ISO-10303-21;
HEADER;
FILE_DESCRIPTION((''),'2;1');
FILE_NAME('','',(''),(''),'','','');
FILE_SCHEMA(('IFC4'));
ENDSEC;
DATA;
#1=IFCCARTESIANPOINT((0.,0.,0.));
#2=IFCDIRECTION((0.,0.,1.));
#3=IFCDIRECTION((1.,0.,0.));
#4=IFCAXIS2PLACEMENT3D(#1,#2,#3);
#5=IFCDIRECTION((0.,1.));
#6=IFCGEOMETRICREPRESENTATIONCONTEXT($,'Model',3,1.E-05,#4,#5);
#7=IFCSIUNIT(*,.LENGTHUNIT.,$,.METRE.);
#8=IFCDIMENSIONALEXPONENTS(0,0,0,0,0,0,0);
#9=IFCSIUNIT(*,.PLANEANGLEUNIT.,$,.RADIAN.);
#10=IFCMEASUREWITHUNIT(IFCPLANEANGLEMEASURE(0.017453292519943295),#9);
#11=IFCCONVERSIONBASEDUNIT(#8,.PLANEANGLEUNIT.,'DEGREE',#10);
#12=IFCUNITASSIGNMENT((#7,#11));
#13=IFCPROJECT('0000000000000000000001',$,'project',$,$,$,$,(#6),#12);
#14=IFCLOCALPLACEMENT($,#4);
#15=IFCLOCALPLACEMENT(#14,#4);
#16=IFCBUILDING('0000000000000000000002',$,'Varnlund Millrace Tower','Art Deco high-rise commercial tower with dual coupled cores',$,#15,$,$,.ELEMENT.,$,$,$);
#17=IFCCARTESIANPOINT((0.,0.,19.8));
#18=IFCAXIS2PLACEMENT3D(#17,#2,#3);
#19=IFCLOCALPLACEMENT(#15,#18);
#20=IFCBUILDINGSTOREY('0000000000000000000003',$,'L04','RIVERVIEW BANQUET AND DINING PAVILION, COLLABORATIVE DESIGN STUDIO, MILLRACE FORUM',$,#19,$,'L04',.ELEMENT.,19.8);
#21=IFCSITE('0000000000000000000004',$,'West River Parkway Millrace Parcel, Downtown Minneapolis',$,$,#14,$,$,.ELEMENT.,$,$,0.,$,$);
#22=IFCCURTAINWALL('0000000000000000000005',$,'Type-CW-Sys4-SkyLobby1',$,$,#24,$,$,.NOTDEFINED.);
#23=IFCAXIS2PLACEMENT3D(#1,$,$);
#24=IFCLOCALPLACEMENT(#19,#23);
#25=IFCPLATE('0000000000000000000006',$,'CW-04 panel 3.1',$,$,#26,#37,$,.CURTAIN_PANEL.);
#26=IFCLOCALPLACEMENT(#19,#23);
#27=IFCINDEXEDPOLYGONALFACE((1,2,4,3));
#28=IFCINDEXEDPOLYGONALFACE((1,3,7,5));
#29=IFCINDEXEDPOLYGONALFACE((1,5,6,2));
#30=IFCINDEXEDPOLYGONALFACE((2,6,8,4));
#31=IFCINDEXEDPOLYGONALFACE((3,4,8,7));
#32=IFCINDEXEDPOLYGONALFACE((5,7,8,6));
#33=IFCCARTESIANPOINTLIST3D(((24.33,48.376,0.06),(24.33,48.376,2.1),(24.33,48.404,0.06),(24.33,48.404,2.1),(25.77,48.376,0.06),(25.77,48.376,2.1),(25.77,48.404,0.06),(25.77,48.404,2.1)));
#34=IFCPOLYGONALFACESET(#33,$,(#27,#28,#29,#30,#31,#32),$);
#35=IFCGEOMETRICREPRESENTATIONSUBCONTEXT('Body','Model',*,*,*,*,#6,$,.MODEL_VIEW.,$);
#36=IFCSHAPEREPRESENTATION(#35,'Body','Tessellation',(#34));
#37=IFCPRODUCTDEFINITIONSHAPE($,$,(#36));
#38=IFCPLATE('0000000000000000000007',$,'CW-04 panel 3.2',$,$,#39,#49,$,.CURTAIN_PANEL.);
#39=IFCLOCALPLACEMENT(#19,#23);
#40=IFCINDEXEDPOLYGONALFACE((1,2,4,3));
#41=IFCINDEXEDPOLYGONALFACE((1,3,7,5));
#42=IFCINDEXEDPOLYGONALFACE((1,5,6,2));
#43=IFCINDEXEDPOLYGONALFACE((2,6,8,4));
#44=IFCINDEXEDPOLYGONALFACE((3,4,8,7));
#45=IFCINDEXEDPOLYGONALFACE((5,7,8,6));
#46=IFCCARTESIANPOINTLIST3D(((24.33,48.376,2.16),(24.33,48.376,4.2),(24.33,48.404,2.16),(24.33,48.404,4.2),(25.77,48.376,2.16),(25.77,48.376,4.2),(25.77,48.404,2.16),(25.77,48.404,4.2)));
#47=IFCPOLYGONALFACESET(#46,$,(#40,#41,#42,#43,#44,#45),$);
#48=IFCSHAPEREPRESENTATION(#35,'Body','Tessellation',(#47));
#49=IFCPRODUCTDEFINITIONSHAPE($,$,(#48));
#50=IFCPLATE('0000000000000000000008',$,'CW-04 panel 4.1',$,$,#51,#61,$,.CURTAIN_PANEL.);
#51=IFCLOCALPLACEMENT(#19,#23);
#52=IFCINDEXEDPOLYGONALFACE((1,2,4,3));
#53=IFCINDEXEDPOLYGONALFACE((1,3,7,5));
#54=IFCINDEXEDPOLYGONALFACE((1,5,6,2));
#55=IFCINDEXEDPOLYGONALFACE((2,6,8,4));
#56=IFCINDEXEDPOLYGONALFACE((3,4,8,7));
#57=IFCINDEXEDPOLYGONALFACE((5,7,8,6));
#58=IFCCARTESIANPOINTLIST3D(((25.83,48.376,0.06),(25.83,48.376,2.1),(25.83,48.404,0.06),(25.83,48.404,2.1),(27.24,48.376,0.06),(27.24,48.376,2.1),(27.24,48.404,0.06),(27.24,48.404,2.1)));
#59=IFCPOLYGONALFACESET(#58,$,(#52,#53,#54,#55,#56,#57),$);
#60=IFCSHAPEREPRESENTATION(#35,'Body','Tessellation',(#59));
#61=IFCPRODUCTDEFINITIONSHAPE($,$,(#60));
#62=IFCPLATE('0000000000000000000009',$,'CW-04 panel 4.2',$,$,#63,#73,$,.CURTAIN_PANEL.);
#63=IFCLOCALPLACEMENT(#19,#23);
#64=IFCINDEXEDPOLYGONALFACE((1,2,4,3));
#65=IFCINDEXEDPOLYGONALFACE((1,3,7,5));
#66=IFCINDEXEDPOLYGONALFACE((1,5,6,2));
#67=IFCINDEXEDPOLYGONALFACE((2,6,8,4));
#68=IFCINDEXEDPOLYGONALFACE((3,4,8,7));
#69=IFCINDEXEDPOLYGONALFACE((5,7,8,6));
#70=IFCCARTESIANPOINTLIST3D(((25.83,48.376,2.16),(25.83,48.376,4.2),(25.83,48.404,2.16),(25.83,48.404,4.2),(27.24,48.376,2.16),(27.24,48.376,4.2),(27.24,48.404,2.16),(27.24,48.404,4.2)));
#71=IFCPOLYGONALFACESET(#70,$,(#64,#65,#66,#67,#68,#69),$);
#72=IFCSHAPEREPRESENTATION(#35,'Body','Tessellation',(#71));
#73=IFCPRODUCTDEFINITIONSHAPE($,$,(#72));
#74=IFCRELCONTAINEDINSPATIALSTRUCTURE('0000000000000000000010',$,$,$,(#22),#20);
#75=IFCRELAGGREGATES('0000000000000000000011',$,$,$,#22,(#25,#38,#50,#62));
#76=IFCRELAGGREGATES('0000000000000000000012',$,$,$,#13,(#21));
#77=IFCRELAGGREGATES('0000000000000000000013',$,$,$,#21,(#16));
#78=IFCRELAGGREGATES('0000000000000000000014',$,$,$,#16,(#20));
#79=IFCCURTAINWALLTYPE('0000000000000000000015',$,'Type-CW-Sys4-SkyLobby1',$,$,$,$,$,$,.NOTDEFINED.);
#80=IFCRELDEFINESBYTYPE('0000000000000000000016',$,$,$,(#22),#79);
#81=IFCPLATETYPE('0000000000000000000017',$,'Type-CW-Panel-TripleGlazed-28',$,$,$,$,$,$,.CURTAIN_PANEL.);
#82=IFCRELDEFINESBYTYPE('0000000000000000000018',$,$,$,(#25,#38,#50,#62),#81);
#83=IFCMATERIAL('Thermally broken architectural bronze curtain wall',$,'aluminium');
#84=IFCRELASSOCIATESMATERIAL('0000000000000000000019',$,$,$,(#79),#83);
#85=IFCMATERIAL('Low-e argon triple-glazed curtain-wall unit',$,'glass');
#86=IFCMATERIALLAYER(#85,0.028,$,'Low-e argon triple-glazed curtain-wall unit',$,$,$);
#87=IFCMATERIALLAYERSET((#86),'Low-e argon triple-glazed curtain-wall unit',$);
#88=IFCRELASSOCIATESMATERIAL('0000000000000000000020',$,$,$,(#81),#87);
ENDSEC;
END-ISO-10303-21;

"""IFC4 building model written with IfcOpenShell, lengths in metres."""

from ifc_helpers import new_model, entity, si_unit, converted_unit, direction, frame, origin_with_axes, origin_2d_with_axis, place, context, subcontext, project, spatial, rectangle, extrude, material, layer, layer_set, type_object, element, aggregate, save


model = new_model("IFC4")

# Units and contexts
model_context = context("Model", 3, precision=1e-05, world=origin_with_axes(), true_north=direction((0.0, 1.0)))
body_context = subcontext(model_context, "Body", "Model", "MODEL_VIEW")
ifc_project = project(units=[si_unit("LENGTHUNIT", "METRE"), converted_unit("PLANEANGLEUNIT", "DEGREE", entity("IfcPlaneAngleMeasure", 0.017453292519943295), si_unit("PLANEANGLEUNIT", "RADIAN"), dimensions=[0, 0, 0, 0, 0, 0, 0])], contexts=[model_context])

# Site, building, storey
site_placement = place(None, origin_with_axes())
site = spatial("IfcSite", under=ifc_project, at=site_placement, Name="West River Parkway Millrace Parcel, Downtown Minneapolis", CompositionType="ELEMENT", RefElevation=0.0)
building_placement = place(site_placement, origin_with_axes())
building = spatial("IfcBuilding", under=site, at=building_placement, Name="Varnlund Millrace Tower", Description="Art Deco high-rise commercial tower with dual coupled cores", CompositionType="ELEMENT")
storey_placement = place(building_placement, frame((0.0, 0.0, 19.8), z_axis=(0.0, 0.0, 1.0), x_axis=(1.0, 0.0, 0.0)))
storey = spatial("IfcBuildingStorey", under=building, at=storey_placement, Name="L04", Description="RIVERVIEW BANQUET AND DINING PAVILION, COLLABORATIVE DESIGN STUDIO, MILLRACE FORUM", LongName="L04", CompositionType="ELEMENT", Elevation=19.8)

# Curtain wall, plates
ifc_material_1 = material(Name="Thermally broken architectural bronze curtain wall", Category="aluminium")
curtain_wall_type = type_object("IfcCurtainWallType", Name="Type-CW-Sys4-SkyLobby1", PredefinedType="NOTDEFINED", material=ifc_material_1)
curtain_wall_placement = place(storey_placement, frame((21.3, 48.39, 0.0), z_axis=(0.0, 0.0, 1.0), x_axis=(1.0, 0.0, 0.0)))
curtain_wall = element("IfcCurtainWall", 1, at=curtain_wall_placement, inside=storey, type_object=curtain_wall_type, Name="Type-CW-Sys4-SkyLobby1", PredefinedType="NOTDEFINED")
ifc_material_2 = material(Name="Low-e argon triple-glazed curtain-wall unit", Category="glass")
ifc_layer = layer(ifc_material_2, 0.028, Name="Low-e argon triple-glazed curtain-wall unit")
ifc_layer_set = layer_set([ifc_layer], Name="Low-e argon triple-glazed curtain-wall unit")
plate_type = type_object("IfcPlateType", Name="Type-CW-Panel-TripleGlazed-28", PredefinedType="CURTAIN_PANEL", material=ifc_layer_set)
plate_1_placement = place(storey_placement, frame((25.05, 48.39, 0.06), z_axis=(0.0, 0.0, 1.0), x_axis=(1.0, 0.0, 0.0)))
plate_1 = element("IfcPlate", 2, at=plate_1_placement, type_object=plate_type, Name="CW-04 panel 3.1", PredefinedType="CURTAIN_PANEL", context=body_context, shape_type="SweptSolid", body=[
    extrude(rectangle(XDim=1.44, YDim=0.028, at=origin_2d_with_axis()), origin_with_axes(), (0.0, 0.0, 1.0), 2.04),
])
plate_2_placement = place(storey_placement, frame((25.05, 48.39, 2.16), z_axis=(0.0, 0.0, 1.0), x_axis=(1.0, 0.0, 0.0)))
plate_2 = element("IfcPlate", 3, at=plate_2_placement, type_object=plate_type, Name="CW-04 panel 3.2", PredefinedType="CURTAIN_PANEL", context=body_context, shape_type="SweptSolid", body=[
    extrude(rectangle(XDim=1.44, YDim=0.028, at=origin_2d_with_axis()), origin_with_axes(), (0.0, 0.0, 1.0), 2.04),
])
plate_3_placement = place(storey_placement, frame((26.535, 48.39, 0.06), z_axis=(0.0, 0.0, 1.0), x_axis=(1.0, 0.0, 0.0)))
plate_3 = element("IfcPlate", 4, at=plate_3_placement, type_object=plate_type, Name="CW-04 panel 4.1", PredefinedType="CURTAIN_PANEL", context=body_context, shape_type="SweptSolid", body=[
    extrude(rectangle(XDim=1.41, YDim=0.028, at=origin_2d_with_axis()), origin_with_axes(), (0.0, 0.0, 1.0), 2.04),
])
plate_4_placement = place(storey_placement, frame((26.535, 48.39, 2.16), z_axis=(0.0, 0.0, 1.0), x_axis=(1.0, 0.0, 0.0)))
plate_4 = element("IfcPlate", 5, at=plate_4_placement, type_object=plate_type, Name="CW-04 panel 4.2", PredefinedType="CURTAIN_PANEL", context=body_context, shape_type="SweptSolid", body=[
    extrude(rectangle(XDim=1.41, YDim=0.028, at=origin_2d_with_axis()), origin_with_axes(), (0.0, 0.0, 1.0), 2.04),
])
aggregate(curtain_wall, [plate_1, plate_2, plate_3, plate_4])

save(model, "model.ifc")
